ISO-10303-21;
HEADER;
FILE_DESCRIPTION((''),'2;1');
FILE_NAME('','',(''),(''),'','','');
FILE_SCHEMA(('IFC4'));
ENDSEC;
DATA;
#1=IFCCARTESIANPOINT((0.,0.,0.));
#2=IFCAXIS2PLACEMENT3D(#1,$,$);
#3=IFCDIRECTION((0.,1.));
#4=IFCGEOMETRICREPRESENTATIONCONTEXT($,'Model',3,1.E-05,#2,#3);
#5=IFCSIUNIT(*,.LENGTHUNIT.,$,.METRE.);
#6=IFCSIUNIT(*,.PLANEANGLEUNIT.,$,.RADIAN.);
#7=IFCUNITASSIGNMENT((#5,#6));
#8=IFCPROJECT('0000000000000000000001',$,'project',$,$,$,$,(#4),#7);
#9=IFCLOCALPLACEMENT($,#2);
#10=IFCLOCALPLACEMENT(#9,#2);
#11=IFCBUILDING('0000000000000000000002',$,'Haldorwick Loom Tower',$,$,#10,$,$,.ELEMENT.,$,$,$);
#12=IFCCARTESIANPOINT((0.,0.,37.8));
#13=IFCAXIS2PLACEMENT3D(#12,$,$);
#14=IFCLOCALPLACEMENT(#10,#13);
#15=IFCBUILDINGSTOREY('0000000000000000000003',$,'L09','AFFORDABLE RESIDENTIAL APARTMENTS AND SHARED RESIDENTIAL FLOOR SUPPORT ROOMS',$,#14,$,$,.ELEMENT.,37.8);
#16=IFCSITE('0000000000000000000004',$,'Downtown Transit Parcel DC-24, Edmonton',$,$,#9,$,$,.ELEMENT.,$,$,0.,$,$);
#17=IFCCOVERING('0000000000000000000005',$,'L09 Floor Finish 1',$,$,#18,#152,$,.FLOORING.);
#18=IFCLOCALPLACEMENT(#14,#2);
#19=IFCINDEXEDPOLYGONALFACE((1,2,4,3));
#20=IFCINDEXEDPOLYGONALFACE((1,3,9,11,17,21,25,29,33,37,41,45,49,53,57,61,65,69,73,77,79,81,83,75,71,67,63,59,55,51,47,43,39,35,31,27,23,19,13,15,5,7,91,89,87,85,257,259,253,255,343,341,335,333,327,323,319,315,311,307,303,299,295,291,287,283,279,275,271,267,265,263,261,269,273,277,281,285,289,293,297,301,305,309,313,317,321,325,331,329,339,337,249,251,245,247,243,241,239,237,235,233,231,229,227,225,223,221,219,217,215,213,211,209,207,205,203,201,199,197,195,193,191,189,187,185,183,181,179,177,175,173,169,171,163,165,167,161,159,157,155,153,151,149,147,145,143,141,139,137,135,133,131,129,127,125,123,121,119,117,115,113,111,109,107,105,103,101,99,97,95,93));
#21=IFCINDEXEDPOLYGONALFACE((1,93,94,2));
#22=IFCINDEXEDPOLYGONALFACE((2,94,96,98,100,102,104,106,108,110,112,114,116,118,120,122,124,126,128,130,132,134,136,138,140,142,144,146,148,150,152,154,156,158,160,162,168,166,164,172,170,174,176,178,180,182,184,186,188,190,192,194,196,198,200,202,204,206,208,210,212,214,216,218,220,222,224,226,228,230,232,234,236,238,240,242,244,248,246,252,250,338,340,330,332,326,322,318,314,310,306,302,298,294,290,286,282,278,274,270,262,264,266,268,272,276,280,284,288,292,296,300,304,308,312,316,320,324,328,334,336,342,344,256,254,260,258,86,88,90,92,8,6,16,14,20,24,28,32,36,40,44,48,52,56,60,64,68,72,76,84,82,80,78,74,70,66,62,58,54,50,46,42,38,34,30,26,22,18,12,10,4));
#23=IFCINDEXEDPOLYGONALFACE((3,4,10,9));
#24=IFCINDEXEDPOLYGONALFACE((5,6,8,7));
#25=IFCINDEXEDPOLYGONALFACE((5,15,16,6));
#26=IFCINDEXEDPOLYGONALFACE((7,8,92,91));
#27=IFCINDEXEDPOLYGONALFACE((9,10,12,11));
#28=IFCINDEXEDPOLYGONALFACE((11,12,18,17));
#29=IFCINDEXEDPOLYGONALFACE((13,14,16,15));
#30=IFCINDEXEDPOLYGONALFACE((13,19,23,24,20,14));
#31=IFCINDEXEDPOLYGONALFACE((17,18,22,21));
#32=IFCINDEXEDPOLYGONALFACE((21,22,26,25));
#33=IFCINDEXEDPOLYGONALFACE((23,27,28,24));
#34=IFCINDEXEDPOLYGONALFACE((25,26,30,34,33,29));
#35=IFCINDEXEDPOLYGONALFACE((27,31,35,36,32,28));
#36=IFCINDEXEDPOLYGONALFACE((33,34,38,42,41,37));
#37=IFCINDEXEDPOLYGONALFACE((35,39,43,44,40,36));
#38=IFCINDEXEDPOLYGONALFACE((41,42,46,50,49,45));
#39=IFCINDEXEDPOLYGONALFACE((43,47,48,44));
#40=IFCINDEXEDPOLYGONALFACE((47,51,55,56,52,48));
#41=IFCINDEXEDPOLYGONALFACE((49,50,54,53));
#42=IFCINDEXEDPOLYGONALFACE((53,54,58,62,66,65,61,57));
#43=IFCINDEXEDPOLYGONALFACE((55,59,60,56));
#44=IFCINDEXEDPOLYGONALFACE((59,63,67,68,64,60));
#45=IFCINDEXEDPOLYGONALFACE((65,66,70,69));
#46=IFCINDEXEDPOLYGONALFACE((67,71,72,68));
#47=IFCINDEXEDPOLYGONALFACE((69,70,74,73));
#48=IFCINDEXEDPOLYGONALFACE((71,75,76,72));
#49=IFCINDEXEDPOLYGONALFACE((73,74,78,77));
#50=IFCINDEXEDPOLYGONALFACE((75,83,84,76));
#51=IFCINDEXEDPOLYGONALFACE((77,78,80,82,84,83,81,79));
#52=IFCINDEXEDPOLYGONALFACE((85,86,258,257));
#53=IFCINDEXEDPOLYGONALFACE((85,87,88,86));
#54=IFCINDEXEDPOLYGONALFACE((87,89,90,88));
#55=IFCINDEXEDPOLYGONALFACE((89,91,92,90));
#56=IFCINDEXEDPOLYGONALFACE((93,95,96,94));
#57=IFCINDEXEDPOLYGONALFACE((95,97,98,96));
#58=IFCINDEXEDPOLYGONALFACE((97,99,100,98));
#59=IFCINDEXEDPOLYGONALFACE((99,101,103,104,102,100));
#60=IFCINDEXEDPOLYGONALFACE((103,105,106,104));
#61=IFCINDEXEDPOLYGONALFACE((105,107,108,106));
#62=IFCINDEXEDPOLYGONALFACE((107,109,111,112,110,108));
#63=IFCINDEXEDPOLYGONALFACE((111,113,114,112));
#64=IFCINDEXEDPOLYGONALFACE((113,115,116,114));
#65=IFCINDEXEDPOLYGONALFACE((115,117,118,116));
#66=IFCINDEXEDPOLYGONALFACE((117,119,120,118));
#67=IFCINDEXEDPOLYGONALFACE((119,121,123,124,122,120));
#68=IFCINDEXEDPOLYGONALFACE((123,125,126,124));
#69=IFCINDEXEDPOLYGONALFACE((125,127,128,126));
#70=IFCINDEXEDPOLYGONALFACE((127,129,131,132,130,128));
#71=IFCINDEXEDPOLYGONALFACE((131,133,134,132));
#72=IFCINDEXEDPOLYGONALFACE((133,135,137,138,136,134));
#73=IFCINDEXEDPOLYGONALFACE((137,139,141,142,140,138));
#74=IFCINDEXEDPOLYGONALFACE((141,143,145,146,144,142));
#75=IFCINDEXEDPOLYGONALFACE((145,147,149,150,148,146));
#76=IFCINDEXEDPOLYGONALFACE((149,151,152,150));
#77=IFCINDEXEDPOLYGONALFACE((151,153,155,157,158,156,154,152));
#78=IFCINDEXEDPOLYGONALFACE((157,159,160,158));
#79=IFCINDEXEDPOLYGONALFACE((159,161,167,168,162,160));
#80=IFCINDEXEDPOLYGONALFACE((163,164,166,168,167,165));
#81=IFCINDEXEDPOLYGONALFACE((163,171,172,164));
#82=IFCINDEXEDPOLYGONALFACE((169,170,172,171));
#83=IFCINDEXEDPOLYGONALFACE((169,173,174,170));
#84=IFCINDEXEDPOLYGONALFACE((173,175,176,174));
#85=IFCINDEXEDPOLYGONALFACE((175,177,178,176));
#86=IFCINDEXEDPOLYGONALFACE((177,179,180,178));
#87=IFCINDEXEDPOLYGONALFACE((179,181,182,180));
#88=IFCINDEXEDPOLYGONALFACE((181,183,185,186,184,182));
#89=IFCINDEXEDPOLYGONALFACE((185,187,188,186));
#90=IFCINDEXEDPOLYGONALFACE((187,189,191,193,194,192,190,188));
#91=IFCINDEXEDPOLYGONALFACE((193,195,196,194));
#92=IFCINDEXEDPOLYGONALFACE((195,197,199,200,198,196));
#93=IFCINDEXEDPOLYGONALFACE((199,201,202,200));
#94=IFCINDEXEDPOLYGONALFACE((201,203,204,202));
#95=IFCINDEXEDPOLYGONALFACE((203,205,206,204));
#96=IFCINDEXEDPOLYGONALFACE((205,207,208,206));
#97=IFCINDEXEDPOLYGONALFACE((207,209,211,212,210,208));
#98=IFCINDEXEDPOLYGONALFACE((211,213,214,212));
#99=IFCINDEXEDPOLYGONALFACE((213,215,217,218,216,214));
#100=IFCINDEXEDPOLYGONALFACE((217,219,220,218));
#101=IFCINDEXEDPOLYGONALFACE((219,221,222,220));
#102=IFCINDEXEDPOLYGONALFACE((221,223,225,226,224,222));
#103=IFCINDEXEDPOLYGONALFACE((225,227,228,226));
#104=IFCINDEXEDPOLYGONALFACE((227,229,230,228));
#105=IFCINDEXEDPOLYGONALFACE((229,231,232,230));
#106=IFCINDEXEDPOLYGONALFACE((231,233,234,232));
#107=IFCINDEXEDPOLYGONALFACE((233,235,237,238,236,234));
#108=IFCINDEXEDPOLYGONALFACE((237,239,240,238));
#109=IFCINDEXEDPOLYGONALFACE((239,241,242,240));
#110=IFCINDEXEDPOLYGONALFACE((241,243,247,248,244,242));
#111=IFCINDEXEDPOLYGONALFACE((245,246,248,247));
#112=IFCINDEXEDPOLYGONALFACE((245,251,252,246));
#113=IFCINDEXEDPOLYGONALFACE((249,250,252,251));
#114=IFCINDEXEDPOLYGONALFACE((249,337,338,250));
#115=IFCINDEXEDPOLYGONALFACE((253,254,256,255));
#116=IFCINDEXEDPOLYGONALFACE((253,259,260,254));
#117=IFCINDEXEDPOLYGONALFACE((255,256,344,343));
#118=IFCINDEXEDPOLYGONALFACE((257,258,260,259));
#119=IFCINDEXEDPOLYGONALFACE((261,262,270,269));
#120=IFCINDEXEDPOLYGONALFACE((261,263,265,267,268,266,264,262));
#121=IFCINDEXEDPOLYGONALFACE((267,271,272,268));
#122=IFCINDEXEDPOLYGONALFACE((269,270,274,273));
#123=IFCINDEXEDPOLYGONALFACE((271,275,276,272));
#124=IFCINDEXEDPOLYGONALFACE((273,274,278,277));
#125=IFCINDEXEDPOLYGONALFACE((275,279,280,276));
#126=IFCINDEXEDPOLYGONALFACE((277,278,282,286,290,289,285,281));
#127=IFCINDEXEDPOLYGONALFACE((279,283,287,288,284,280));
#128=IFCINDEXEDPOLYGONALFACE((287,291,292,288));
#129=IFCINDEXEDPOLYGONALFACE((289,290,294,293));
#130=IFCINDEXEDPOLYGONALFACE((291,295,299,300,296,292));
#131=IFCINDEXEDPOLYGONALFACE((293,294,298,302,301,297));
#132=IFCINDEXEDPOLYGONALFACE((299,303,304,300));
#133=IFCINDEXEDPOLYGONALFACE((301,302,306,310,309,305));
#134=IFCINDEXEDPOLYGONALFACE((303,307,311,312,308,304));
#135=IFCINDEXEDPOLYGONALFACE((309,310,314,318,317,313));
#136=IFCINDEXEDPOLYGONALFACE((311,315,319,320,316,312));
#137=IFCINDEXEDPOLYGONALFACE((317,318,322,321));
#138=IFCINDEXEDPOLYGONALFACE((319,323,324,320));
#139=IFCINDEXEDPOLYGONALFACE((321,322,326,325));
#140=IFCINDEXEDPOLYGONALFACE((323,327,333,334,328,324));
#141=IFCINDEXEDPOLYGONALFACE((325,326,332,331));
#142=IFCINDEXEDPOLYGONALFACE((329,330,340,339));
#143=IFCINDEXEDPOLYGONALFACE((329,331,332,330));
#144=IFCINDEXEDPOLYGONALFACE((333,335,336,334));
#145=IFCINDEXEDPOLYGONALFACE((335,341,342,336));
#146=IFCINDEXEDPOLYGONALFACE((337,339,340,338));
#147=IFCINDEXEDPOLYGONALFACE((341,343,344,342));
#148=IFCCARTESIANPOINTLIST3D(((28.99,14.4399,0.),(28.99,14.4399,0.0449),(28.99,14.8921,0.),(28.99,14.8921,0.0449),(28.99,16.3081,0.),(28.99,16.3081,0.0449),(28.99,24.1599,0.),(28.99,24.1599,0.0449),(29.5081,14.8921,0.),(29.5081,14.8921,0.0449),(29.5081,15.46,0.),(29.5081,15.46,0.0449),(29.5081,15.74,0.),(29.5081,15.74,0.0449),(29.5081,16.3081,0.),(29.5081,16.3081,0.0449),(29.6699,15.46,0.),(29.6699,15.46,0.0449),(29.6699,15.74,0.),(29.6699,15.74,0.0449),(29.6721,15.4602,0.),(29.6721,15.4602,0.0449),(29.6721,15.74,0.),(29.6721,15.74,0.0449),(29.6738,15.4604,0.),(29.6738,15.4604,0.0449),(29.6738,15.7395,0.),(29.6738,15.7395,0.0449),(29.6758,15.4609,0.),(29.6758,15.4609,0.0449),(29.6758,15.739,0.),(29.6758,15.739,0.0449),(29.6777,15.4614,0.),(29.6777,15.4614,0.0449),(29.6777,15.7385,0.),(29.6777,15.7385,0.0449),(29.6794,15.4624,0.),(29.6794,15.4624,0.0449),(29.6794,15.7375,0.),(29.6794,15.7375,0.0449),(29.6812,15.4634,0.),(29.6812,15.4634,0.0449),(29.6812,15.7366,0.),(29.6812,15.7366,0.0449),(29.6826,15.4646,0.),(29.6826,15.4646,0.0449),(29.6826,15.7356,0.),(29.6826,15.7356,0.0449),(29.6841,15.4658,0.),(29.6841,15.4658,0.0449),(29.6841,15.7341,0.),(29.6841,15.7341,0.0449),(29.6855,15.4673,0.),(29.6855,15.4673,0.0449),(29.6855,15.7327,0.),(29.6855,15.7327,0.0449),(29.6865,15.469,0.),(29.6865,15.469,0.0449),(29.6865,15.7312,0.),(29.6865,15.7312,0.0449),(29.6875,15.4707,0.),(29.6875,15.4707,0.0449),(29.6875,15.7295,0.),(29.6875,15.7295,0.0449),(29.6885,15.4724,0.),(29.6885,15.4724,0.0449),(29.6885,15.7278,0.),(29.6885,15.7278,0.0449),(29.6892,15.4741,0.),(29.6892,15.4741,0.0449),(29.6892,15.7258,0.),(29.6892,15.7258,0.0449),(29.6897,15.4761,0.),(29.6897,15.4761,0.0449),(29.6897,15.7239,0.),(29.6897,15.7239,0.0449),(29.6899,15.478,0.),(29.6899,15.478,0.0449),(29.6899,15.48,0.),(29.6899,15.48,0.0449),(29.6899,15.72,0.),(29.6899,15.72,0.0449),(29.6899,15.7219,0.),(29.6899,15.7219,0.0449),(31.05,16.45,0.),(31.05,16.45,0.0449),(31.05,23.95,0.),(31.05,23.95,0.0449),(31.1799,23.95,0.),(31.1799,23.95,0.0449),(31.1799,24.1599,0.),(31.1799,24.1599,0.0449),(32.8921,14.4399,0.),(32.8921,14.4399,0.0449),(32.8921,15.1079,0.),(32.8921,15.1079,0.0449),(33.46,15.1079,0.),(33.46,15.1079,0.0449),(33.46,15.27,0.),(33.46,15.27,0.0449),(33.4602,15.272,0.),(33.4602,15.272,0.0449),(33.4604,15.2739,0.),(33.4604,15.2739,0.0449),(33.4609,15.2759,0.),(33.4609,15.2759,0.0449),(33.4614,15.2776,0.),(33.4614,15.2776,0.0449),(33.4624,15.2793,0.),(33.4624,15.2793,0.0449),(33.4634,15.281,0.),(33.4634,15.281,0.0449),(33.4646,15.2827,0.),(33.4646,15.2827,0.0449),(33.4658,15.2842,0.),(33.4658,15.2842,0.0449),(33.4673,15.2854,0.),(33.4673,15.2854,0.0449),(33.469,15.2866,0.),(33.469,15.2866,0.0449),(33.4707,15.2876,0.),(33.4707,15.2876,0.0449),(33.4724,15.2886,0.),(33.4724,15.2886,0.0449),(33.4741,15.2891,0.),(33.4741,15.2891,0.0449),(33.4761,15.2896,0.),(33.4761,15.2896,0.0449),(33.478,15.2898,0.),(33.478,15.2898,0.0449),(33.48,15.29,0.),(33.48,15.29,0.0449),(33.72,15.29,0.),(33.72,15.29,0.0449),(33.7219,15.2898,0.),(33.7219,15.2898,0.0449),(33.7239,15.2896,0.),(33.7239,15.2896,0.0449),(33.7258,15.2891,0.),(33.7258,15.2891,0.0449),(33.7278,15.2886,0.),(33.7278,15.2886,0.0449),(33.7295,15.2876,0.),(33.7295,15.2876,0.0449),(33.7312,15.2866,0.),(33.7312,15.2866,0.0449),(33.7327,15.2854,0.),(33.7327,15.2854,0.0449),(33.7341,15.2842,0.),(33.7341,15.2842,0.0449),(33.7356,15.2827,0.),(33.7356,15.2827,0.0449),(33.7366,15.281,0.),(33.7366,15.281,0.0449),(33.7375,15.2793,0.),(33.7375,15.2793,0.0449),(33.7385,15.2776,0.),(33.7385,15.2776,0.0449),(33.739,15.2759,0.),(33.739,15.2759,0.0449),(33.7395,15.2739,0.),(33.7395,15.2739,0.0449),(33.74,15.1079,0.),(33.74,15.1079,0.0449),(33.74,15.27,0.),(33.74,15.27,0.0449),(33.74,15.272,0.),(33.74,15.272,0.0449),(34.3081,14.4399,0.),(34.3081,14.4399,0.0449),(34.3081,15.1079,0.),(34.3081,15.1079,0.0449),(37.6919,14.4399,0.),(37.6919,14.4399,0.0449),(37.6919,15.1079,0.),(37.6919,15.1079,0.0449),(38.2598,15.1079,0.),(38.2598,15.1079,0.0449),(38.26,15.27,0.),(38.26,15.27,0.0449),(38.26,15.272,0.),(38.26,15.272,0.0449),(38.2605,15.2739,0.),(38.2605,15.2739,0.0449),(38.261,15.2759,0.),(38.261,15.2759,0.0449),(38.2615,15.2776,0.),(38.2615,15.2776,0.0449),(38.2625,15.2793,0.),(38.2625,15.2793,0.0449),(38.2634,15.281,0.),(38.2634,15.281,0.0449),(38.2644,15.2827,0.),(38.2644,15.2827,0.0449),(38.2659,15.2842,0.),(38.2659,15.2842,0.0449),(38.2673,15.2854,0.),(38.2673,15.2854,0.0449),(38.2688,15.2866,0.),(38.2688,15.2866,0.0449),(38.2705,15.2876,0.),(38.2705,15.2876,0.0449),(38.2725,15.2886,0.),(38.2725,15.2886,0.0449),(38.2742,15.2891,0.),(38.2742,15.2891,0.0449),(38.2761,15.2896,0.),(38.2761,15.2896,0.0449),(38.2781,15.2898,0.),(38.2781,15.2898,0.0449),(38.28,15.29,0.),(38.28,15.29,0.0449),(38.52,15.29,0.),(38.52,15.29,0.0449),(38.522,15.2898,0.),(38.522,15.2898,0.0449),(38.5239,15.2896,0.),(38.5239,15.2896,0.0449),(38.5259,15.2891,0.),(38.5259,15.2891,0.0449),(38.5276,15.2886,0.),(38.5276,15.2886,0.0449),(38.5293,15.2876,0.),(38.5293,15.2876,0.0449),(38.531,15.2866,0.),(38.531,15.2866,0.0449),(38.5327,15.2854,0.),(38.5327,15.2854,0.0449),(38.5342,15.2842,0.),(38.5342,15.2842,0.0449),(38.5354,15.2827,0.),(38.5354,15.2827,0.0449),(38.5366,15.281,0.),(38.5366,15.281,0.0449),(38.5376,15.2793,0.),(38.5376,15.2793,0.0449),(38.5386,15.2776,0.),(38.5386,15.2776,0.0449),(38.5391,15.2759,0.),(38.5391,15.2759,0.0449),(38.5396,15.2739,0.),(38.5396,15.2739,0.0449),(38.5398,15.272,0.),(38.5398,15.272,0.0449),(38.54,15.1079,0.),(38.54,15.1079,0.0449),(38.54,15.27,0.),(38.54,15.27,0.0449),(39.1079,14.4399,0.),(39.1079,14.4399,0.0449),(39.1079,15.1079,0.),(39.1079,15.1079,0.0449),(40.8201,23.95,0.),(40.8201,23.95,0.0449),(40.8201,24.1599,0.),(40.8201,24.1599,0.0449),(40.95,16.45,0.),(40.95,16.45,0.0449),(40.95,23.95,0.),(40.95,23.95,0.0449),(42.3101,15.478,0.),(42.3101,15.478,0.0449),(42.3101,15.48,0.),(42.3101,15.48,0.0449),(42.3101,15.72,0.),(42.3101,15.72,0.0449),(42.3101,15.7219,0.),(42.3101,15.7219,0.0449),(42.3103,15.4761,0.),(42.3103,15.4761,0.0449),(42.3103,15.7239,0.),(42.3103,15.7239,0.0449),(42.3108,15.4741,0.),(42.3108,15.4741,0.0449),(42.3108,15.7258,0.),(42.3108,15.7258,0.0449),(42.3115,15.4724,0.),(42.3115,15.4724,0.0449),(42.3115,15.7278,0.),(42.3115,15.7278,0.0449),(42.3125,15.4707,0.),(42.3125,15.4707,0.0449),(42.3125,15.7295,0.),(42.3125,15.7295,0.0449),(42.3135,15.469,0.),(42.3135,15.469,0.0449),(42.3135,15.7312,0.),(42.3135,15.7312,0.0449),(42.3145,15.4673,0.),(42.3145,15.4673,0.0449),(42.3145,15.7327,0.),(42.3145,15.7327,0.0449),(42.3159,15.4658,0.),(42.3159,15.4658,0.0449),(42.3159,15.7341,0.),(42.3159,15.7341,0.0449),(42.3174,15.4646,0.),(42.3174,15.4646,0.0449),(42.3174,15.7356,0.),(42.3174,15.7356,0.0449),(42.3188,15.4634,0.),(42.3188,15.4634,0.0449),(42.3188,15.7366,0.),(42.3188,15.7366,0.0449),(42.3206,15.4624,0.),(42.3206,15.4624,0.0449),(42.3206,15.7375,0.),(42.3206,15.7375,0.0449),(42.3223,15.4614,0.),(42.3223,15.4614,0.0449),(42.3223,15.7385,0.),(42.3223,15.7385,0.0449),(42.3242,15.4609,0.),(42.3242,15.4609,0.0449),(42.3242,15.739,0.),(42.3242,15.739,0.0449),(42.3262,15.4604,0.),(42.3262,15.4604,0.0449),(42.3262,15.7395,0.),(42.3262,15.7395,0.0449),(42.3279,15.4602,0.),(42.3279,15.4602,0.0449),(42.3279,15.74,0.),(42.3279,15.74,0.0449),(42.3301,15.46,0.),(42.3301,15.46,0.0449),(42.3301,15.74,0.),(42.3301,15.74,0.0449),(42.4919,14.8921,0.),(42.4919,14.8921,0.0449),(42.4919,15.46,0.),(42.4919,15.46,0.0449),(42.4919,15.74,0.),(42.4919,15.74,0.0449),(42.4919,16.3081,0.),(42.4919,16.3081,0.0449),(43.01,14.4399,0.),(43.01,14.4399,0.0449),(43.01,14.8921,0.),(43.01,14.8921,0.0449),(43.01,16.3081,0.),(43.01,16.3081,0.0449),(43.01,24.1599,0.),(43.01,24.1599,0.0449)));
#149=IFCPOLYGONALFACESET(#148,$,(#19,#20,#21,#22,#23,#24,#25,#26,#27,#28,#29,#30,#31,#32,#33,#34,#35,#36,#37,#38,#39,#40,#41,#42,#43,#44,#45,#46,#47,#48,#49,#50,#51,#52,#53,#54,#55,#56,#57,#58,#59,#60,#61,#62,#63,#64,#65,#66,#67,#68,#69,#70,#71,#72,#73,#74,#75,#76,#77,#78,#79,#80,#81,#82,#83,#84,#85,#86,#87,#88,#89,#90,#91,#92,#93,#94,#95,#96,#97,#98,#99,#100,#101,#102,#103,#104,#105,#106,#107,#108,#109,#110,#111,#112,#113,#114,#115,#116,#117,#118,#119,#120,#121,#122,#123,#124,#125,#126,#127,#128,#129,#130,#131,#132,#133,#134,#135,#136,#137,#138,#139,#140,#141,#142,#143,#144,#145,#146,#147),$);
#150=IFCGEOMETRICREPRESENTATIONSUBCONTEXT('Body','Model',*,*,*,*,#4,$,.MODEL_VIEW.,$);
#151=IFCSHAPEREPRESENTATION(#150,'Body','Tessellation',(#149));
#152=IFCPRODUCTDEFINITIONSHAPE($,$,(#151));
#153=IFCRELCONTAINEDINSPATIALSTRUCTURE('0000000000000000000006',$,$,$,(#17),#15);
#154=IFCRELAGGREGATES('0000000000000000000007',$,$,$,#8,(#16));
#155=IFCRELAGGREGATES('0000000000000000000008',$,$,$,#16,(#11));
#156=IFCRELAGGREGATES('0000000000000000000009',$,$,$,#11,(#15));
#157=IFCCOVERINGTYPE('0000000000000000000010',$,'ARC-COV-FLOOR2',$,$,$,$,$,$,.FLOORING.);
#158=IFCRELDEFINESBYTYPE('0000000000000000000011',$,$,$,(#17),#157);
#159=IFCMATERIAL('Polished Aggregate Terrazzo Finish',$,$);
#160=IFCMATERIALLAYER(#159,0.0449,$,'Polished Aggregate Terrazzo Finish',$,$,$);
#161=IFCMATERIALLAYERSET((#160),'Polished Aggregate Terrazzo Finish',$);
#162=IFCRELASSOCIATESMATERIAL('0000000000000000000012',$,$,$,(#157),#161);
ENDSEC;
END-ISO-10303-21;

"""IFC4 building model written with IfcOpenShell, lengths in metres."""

from ifc_helpers import new_model, si_unit, direction, frame, origin, place, context, subcontext, project, spatial, polyline, outline, extrude, material, layer, layer_set, type_object, element, save


model = new_model("IFC4")

# Units and contexts
model_context = context("Model", 3, precision=1e-05, world=origin(), true_north=direction((0.0, 1.0)))
body_context = subcontext(model_context, "Body", "Model", "MODEL_VIEW")
ifc_project = project(units=[si_unit("LENGTHUNIT", "METRE"), si_unit("PLANEANGLEUNIT", "RADIAN")], contexts=[model_context])

# Site, building, storey
site_placement = place(None, origin())
site = spatial("IfcSite", under=ifc_project, at=site_placement, Name="Downtown Transit Parcel DC-24, Edmonton", CompositionType="ELEMENT", RefElevation=0.0)
building_placement = place(site_placement, origin())
building = spatial("IfcBuilding", under=site, at=building_placement, Name="Haldorwick Loom Tower", CompositionType="ELEMENT")
storey_placement = place(building_placement, frame((0.0, 0.0, 37.8)))
storey = spatial("IfcBuildingStorey", under=building, at=storey_placement, Name="L09", Description="AFFORDABLE RESIDENTIAL APARTMENTS AND SHARED RESIDENTIAL FLOOR SUPPORT ROOMS", CompositionType="ELEMENT", Elevation=37.8)

# Covering
ifc_material_1 = material(Name="Polished Aggregate Terrazzo Finish")
ifc_layer_1 = layer(ifc_material_1, 0.0449, Name="Polished Aggregate Terrazzo Finish")
ifc_layer_set_1 = layer_set([ifc_layer_1], Name="Polished Aggregate Terrazzo Finish")
covering_type_1 = type_object("IfcCoveringType", Name="ARC-COV-FLOOR2", PredefinedType="FLOORING", material=ifc_layer_set_1)
covering_1_placement = place(storey_placement, origin())
element("IfcCovering", 1, at=covering_1_placement, inside=storey, type_object=covering_type_1, Name="L09 Floor Finish 1", PredefinedType="FLOORING", context=body_context, shape_type="SweptSolid", body=[
    extrude(outline(polyline([(40.8201, 24.1599), (40.8201, 23.95), (40.95, 23.95), (40.95, 16.45), (31.05, 16.45), (31.05, 23.95), (31.1799, 23.95), (31.1799, 24.1599), (28.99, 24.1599), (28.99, 16.3081), (29.5081, 16.3081), (29.5081, 15.74), (29.6699, 15.74), (29.6721, 15.74), (29.6738, 15.7395), (29.6758, 15.739), (29.6777, 15.7385), (29.6794, 15.7375), (29.6812, 15.7366), (29.6826, 15.7356), (29.6841, 15.7341), (29.6855, 15.7327), (29.6865, 15.7312), (29.6875, 15.7295), (29.6885, 15.7278), (29.6892, 15.7258), (29.6897, 15.7239), (29.6899, 15.7219), (29.6899, 15.72), (29.6899, 15.48), (29.6899, 15.478), (29.6897, 15.4761), (29.6892, 15.4741), (29.6885, 15.4724), (29.6875, 15.4707), (29.6865, 15.469), (29.6855, 15.4673), (29.6841, 15.4658), (29.6826, 15.4646), (29.6812, 15.4634), (29.6794, 15.4624), (29.6777, 15.4614), (29.6758, 15.4609), (29.6738, 15.4604), (29.6721, 15.4602), (29.6699, 15.46), (29.5081, 15.46), (29.5081, 14.8921), (28.99, 14.8921), (28.99, 14.4399), (32.8921, 14.4399), (32.8921, 15.1079), (33.46, 15.1079), (33.46, 15.27), (33.4602, 15.272), (33.4604, 15.2739), (33.4609, 15.2759), (33.4614, 15.2776), (33.4624, 15.2793), (33.4634, 15.281), (33.4646, 15.2827), (33.4658, 15.2842), (33.4673, 15.2854), (33.469, 15.2866), (33.4707, 15.2876), (33.4724, 15.2886), (33.4741, 15.2891), (33.4761, 15.2896), (33.478, 15.2898), (33.48, 15.29), (33.72, 15.29), (33.7219, 15.2898), (33.7239, 15.2896), (33.7258, 15.2891), (33.7278, 15.2886), (33.7295, 15.2876), (33.7312, 15.2866), (33.7327, 15.2854), (33.7341, 15.2842), (33.7356, 15.2827), (33.7366, 15.281), (33.7375, 15.2793), (33.7385, 15.2776), (33.739, 15.2759), (33.7395, 15.2739), (33.74, 15.272), (33.74, 15.27), (33.74, 15.1079), (34.3081, 15.1079), (34.3081, 14.4399), (37.6919, 14.4399), (37.6919, 15.1079), (38.2598, 15.1079), (38.26, 15.27), (38.26, 15.272), (38.2605, 15.2739), (38.261, 15.2759), (38.2615, 15.2776), (38.2625, 15.2793), (38.2634, 15.281), (38.2644, 15.2827), (38.2659, 15.2842), (38.2673, 15.2854), (38.2688, 15.2866), (38.2705, 15.2876), (38.2725, 15.2886), (38.2742, 15.2891), (38.2761, 15.2896), (38.2781, 15.2898), (38.28, 15.29), (38.52, 15.29), (38.522, 15.2898), (38.5239, 15.2896), (38.5259, 15.2891), (38.5276, 15.2886), (38.5293, 15.2876), (38.531, 15.2866), (38.5327, 15.2854), (38.5342, 15.2842), (38.5354, 15.2827), (38.5366, 15.281), (38.5376, 15.2793), (38.5386, 15.2776), (38.5391, 15.2759), (38.5396, 15.2739), (38.5398, 15.272), (38.54, 15.27), (38.54, 15.1079), (39.1079, 15.1079), (39.1079, 14.4399), (43.01, 14.4399), (43.01, 14.8921), (42.4919, 14.8921), (42.4919, 15.46), (42.3301, 15.46), (42.3279, 15.4602), (42.3262, 15.4604), (42.3242, 15.4609), (42.3223, 15.4614), (42.3206, 15.4624), (42.3188, 15.4634), (42.3174, 15.4646), (42.3159, 15.4658), (42.3145, 15.4673), (42.3135, 15.469), (42.3125, 15.4707), (42.3115, 15.4724), (42.3108, 15.4741), (42.3103, 15.4761), (42.3101, 15.478), (42.3101, 15.48), (42.3101, 15.72), (42.3101, 15.7219), (42.3103, 15.7239), (42.3108, 15.7258), (42.3115, 15.7278), (42.3125, 15.7295), (42.3135, 15.7312), (42.3145, 15.7327), (42.3159, 15.7341), (42.3174, 15.7356), (42.3188, 15.7366), (42.3206, 15.7375), (42.3223, 15.7385), (42.3242, 15.739), (42.3262, 15.7395), (42.3279, 15.74), (42.3301, 15.74), (42.4919, 15.74), (42.4919, 16.3081), (43.01, 16.3081), (43.01, 24.1599), (40.8201, 24.1599)])), origin(), (0.0, 0.0, 1.0), 0.0449),
])

save(model, "model.ifc")
